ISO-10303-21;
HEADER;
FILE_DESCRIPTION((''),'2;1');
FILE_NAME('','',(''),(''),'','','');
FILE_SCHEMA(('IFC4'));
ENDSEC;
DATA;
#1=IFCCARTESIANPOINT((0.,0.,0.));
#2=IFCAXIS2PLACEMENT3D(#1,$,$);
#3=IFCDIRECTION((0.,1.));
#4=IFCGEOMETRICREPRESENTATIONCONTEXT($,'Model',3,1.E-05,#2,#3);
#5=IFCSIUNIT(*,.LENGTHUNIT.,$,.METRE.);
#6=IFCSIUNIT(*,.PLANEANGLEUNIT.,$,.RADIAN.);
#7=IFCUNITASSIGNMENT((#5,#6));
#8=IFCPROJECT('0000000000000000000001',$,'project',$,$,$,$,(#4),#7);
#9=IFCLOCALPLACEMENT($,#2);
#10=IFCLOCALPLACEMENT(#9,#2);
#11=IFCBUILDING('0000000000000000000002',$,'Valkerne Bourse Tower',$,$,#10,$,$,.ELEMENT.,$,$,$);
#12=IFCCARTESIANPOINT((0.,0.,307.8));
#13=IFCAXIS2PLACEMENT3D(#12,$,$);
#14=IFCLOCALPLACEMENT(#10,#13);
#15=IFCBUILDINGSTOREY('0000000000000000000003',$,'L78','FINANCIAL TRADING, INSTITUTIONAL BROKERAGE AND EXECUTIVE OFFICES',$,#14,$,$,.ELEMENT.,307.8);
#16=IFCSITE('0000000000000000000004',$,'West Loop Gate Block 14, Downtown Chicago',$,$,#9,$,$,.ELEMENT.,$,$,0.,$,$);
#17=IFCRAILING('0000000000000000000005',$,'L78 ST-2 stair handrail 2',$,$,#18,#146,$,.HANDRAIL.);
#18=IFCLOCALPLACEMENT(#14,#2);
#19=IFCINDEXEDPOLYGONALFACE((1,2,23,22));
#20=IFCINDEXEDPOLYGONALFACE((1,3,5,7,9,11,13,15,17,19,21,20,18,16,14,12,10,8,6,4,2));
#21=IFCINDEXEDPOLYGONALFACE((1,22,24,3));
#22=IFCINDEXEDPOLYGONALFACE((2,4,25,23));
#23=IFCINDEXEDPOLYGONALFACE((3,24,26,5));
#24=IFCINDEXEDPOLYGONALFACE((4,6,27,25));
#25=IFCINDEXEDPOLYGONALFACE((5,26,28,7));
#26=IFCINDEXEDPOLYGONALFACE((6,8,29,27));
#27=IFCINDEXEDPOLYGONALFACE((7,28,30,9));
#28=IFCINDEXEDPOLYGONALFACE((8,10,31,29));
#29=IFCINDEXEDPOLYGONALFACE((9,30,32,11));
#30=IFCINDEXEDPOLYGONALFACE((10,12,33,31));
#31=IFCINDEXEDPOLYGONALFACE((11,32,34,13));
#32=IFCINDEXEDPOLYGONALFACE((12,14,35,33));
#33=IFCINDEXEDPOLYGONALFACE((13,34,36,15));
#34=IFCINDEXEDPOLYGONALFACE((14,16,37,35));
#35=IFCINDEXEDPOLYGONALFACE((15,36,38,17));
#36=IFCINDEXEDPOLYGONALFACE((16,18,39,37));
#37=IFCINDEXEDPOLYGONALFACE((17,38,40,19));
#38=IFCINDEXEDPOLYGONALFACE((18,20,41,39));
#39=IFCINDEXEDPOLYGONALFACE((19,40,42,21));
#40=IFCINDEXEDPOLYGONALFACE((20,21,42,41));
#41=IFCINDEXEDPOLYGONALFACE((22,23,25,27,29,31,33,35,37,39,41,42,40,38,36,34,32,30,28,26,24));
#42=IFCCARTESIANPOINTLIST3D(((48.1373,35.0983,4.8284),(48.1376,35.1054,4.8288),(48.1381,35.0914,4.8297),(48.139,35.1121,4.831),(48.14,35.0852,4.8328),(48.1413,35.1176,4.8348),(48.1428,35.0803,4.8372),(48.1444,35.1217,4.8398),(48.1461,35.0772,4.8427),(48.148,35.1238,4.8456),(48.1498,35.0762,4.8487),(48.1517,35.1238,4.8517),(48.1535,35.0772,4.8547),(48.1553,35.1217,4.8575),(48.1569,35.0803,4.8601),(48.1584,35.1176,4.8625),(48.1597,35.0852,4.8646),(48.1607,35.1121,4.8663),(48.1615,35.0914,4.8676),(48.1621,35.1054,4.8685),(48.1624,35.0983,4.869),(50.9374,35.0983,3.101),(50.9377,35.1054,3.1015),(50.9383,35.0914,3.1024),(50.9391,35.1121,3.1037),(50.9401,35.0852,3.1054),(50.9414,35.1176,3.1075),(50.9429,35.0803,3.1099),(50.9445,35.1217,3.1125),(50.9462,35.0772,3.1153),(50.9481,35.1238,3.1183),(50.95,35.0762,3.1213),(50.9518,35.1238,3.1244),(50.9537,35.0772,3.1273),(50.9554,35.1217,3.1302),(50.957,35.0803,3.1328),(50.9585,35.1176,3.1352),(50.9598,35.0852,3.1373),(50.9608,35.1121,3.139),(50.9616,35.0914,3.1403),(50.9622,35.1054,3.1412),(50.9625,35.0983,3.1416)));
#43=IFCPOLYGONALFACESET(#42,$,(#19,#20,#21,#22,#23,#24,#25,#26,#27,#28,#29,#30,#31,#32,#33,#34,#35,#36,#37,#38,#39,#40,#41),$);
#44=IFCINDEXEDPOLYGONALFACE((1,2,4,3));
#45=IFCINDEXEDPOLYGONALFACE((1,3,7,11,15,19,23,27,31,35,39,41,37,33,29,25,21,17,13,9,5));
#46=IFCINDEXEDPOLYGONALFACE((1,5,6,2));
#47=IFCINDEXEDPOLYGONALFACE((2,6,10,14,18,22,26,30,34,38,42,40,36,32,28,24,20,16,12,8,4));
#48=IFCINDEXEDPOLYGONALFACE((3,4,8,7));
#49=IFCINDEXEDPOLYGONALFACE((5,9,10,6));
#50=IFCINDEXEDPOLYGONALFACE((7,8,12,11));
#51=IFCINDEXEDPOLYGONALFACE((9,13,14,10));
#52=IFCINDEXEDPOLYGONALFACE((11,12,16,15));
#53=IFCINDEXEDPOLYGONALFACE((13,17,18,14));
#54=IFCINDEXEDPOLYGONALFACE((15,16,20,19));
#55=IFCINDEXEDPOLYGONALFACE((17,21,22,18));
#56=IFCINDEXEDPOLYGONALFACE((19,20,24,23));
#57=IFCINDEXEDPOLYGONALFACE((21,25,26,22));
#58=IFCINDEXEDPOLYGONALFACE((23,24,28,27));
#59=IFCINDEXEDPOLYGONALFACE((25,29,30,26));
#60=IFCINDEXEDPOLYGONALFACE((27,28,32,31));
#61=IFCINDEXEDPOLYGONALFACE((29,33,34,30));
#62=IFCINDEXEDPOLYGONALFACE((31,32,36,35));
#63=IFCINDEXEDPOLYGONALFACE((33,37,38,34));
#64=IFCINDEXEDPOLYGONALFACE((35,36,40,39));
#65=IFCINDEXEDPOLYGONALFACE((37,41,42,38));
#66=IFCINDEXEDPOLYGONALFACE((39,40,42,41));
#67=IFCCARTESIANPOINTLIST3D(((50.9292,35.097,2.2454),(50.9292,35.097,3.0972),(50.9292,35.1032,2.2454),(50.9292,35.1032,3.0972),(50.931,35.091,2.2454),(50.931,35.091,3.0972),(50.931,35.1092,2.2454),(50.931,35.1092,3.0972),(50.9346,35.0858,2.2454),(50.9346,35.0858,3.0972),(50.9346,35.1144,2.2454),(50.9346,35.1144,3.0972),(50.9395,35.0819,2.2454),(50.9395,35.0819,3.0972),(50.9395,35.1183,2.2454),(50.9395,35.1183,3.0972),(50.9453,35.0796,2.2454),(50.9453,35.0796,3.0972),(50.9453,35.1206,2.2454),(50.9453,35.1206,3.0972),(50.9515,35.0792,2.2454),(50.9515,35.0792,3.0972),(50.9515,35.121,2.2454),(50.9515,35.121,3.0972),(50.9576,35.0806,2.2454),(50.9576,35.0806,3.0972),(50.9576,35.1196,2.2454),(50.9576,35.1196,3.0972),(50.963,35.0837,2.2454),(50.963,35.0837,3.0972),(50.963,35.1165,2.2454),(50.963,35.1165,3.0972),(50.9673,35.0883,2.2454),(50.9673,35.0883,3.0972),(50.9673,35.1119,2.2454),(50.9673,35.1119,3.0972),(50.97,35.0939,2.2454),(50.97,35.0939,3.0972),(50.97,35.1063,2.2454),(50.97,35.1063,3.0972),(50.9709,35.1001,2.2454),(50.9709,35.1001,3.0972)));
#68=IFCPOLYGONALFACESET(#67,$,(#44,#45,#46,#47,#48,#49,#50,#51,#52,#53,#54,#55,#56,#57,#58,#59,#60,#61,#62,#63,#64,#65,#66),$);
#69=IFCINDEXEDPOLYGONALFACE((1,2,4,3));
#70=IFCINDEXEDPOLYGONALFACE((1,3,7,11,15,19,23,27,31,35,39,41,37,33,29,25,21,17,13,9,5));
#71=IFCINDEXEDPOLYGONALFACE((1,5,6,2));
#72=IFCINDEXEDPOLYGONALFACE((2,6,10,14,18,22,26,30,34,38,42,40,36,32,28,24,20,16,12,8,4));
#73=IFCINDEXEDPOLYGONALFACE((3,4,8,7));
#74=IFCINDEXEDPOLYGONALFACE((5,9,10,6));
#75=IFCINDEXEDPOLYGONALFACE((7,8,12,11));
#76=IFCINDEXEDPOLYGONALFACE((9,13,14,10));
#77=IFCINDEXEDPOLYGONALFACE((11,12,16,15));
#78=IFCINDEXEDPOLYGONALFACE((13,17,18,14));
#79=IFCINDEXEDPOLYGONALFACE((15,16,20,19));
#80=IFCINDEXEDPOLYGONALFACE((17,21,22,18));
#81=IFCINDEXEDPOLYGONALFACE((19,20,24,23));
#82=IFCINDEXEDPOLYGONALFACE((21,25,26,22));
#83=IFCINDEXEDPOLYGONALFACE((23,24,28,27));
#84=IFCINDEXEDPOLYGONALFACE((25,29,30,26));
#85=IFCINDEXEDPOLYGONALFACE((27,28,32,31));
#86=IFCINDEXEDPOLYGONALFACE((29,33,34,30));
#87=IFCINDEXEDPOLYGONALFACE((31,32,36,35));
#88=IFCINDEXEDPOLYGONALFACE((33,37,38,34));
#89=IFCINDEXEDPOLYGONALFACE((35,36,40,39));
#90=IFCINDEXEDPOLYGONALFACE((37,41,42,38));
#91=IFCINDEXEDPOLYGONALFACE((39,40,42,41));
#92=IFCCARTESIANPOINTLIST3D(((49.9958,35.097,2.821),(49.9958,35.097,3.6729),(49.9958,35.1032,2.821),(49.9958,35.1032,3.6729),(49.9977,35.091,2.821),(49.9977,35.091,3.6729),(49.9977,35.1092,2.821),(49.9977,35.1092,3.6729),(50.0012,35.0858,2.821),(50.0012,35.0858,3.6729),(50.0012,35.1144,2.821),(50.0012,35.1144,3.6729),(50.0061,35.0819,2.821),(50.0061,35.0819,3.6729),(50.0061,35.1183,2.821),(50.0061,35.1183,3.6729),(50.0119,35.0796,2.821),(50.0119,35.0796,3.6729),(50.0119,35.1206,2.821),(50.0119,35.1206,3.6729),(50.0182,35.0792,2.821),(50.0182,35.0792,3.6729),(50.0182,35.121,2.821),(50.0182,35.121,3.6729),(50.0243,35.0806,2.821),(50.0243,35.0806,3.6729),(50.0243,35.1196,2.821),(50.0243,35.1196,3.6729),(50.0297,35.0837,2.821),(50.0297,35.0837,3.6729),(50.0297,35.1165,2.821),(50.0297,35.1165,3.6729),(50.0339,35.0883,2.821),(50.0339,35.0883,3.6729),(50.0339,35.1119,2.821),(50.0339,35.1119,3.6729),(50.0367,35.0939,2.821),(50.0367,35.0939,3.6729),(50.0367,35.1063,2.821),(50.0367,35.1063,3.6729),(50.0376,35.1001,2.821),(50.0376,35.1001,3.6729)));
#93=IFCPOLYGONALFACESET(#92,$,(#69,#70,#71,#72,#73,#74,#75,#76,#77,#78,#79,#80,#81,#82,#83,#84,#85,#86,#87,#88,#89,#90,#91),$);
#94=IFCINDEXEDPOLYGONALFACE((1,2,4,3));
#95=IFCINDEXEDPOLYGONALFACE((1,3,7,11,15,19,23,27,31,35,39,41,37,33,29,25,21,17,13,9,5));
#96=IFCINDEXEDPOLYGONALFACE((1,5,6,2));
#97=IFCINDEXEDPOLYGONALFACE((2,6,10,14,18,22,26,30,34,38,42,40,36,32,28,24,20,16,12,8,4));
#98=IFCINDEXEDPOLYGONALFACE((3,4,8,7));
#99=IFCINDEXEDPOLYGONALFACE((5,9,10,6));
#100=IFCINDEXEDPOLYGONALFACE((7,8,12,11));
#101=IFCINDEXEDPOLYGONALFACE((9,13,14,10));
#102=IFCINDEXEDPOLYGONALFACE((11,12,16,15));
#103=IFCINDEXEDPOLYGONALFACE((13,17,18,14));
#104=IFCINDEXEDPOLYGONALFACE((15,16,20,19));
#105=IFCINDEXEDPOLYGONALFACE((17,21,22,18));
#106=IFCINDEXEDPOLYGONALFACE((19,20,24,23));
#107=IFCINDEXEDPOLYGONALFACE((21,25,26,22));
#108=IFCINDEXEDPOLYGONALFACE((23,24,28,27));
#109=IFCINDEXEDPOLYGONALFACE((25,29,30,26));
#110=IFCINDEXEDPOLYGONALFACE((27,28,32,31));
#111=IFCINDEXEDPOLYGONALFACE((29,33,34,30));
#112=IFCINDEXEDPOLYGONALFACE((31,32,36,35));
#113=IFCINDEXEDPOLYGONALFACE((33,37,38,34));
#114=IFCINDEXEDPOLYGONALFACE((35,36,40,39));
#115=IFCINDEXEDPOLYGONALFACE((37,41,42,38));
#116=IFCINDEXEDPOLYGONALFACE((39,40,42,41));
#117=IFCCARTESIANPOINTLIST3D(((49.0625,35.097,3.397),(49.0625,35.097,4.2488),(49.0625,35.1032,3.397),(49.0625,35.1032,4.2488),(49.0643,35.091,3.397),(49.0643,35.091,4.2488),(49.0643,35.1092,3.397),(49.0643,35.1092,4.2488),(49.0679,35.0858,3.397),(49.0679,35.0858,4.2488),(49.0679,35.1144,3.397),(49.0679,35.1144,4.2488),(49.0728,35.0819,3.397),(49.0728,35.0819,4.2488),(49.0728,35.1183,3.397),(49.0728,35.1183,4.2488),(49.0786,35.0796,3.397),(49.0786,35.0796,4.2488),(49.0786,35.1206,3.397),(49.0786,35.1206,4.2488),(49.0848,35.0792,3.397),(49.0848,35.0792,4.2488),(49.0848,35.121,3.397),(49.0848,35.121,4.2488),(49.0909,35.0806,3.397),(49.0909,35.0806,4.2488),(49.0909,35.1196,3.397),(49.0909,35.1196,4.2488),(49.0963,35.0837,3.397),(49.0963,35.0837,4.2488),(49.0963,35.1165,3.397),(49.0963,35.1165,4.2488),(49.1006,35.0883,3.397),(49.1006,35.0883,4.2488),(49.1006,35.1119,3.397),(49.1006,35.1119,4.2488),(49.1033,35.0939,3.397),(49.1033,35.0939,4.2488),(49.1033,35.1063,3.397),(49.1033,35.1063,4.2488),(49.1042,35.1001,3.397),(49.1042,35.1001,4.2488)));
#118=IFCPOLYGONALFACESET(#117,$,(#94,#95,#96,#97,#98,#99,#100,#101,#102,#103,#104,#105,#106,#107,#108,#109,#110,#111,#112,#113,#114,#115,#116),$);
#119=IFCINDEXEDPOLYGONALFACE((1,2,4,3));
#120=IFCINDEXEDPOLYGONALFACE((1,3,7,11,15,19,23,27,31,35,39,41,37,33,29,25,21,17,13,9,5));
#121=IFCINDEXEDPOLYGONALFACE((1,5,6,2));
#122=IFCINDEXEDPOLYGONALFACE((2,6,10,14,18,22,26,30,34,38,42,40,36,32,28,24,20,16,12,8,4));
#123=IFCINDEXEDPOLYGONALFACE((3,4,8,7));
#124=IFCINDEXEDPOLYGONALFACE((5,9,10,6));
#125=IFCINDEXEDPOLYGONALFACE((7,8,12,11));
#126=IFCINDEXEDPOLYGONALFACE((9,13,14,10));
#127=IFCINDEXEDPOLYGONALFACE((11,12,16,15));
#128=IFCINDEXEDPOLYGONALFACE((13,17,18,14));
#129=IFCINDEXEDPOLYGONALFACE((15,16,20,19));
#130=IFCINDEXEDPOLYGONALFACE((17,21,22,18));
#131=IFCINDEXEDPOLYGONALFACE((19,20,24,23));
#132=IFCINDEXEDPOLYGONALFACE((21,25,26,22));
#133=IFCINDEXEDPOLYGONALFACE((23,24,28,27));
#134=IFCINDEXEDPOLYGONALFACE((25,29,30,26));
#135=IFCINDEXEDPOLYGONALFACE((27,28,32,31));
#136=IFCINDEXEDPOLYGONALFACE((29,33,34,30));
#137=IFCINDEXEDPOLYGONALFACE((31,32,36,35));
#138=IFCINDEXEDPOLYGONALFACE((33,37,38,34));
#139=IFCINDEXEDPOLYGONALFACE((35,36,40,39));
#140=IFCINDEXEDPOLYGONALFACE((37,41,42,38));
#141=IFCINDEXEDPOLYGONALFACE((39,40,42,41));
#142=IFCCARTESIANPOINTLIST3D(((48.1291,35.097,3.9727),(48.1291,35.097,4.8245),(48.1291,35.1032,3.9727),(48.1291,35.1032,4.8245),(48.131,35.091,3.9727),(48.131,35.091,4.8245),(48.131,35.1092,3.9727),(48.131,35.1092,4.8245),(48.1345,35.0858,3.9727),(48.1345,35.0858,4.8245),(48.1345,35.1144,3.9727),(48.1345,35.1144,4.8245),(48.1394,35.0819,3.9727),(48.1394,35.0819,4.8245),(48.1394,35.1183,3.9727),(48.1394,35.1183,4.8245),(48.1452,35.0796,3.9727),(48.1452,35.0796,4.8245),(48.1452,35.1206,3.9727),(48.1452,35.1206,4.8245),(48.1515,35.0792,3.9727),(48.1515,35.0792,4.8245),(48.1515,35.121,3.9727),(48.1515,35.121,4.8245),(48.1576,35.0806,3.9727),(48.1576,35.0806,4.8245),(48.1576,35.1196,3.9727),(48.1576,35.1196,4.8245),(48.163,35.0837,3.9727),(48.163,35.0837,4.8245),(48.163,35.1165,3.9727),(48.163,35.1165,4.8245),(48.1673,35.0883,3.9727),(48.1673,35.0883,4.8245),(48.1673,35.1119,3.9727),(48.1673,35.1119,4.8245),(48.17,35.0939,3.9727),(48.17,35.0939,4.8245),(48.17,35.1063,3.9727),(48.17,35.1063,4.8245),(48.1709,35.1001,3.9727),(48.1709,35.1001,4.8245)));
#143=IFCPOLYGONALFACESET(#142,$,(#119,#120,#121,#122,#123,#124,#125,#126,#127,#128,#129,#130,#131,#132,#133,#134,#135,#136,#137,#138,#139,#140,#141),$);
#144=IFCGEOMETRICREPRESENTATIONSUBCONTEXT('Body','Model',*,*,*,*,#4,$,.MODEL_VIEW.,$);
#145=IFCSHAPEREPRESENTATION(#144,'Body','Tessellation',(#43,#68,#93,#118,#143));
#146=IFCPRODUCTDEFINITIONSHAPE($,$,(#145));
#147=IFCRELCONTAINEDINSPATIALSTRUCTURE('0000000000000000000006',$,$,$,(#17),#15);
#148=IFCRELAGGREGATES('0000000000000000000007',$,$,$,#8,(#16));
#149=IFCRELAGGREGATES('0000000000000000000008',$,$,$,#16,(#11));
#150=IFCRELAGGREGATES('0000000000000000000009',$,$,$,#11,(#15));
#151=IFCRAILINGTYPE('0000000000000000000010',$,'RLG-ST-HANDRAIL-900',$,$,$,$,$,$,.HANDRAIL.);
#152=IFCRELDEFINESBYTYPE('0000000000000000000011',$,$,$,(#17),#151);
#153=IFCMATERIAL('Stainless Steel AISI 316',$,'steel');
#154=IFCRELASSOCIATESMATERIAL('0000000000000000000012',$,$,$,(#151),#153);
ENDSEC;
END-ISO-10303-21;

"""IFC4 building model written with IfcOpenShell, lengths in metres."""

from ifc_helpers import new_model, si_unit, direction, frame, origin, origin_2d, place, context, subcontext, project, spatial, circle, extrude, material, type_object, element, save


model = new_model("IFC4")

# Units and contexts
model_context = context("Model", 3, precision=1e-05, world=origin(), true_north=direction((0.0, 1.0)))
body_context = subcontext(model_context, "Body", "Model", "MODEL_VIEW")
ifc_project = project(units=[si_unit("LENGTHUNIT", "METRE"), si_unit("PLANEANGLEUNIT", "RADIAN")], contexts=[model_context])

# Site, building, storey
site_placement = place(None, origin())
site = spatial("IfcSite", under=ifc_project, at=site_placement, Name="West Loop Gate Block 14, Downtown Chicago", CompositionType="ELEMENT", RefElevation=0.0)
building_placement = place(site_placement, origin())
building = spatial("IfcBuilding", under=site, at=building_placement, Name="Valkerne Bourse Tower", CompositionType="ELEMENT")
storey_placement = place(building_placement, frame((0.0, 0.0, 307.8)))
storey = spatial("IfcBuildingStorey", under=building, at=storey_placement, Name="L78", Description="FINANCIAL TRADING, INSTITUTIONAL BROKERAGE AND EXECUTIVE OFFICES", CompositionType="ELEMENT", Elevation=307.8)

# Railing
ifc_material_1 = material(Name="Stainless Steel AISI 316", Category="steel")
railing_type_1 = type_object("IfcRailingType", Name="RLG-ST-HANDRAIL-900", PredefinedType="HANDRAIL", material=ifc_material_1)
railing_1_placement = place(storey_placement, frame((50.95, 35.1001, 2.2454)))
element("IfcRailing", 1, at=railing_1_placement, inside=storey, type_object=railing_type_1, Name="L78 ST-2 stair handrail 2", PredefinedType="HANDRAIL", context=body_context, shape_type="SweptSolid", body=[
    extrude(circle(Radius=0.0239, at=origin_2d()), frame((0.0, 0.0, 0.876), z_axis=(-0.85109, 0.0, 0.52502), x_axis=(0.0, -1.0, 0.0)), (0.0, 0.0, 1.0), 3.29),
    extrude(circle(Radius=0.021, at=origin_2d()), origin(), (0.0, 0.0, 1.0), 0.8518),
    extrude(circle(Radius=0.021, at=origin_2d()), frame((-0.9333, 0.0, 0.5757)), (0.0, 0.0, 1.0), 0.8518),
    extrude(circle(Radius=0.021, at=origin_2d()), frame((-1.8667, 0.0, 1.1516)), (0.0, 0.0, 1.0), 0.8518),
    extrude(circle(Radius=0.021, at=origin_2d()), frame((-2.8, 0.0, 1.7273)), (0.0, 0.0, 1.0), 0.8518),
])

save(model, "model.ifc")
